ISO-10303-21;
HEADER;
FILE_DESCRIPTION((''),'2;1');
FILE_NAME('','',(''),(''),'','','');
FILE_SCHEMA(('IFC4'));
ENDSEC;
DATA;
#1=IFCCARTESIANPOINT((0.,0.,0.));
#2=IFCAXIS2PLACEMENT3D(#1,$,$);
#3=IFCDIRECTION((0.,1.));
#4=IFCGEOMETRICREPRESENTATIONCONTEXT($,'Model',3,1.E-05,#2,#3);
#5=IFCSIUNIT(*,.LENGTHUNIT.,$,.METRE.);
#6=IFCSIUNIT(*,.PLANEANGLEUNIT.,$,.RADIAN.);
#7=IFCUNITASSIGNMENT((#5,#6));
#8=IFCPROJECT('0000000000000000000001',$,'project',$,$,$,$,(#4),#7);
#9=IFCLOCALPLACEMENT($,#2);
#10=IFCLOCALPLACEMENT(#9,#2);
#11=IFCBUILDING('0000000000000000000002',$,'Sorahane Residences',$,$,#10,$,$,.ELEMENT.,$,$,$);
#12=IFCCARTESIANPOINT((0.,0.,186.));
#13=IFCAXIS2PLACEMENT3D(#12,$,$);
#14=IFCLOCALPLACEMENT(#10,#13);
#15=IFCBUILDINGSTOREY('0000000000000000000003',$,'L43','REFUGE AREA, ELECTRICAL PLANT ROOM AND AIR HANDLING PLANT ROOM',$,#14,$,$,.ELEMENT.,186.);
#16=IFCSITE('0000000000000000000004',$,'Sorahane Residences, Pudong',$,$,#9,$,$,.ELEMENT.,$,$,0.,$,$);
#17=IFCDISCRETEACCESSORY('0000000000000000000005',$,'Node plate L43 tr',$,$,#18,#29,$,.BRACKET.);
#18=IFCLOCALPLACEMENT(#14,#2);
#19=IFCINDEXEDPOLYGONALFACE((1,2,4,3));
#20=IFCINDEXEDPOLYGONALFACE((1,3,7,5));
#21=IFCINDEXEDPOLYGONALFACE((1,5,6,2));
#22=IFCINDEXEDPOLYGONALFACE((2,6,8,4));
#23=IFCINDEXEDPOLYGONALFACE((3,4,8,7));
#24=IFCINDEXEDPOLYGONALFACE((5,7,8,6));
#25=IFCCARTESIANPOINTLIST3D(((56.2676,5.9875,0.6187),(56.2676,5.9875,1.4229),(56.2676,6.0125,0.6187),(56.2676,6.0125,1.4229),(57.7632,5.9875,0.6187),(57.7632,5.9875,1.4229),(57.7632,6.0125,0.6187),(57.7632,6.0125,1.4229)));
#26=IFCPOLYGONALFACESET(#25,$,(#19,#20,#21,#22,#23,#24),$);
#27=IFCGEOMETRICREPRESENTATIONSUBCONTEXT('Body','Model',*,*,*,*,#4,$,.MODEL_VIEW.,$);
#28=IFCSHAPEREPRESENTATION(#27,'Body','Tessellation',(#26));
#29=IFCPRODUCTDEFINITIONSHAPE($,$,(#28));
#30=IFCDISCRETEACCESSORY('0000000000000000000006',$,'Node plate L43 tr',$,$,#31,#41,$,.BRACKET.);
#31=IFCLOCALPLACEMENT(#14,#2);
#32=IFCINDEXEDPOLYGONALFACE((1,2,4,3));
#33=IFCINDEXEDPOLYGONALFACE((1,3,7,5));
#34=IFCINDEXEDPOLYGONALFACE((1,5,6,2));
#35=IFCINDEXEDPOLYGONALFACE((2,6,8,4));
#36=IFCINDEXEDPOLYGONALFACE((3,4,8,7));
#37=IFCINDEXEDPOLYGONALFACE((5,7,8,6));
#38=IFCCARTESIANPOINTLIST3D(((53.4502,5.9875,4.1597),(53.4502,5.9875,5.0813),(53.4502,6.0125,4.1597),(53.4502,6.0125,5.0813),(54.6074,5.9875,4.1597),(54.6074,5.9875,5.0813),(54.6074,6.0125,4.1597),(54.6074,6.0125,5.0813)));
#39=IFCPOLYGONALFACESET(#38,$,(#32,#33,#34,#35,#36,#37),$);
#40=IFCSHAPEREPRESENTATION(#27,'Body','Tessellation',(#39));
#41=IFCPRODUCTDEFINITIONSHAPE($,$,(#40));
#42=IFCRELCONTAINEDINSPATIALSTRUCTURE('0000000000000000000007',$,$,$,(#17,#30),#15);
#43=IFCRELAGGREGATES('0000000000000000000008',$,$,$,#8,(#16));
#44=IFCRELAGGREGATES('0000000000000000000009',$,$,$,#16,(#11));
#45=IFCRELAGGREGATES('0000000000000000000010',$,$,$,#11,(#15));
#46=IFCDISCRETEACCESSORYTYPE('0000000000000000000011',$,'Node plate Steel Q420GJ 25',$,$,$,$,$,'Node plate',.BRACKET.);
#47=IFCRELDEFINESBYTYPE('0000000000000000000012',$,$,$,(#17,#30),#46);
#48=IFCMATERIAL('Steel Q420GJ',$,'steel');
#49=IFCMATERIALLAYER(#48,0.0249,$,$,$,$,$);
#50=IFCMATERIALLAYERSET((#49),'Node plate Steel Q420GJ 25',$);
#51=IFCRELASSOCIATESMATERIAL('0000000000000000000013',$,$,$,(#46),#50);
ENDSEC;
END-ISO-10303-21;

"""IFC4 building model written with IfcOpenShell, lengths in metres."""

from ifc_helpers import new_model, si_unit, direction, frame, origin, origin_2d, place, context, subcontext, project, spatial, rectangle, extrude, material, layer, layer_set, type_object, element, save


model = new_model("IFC4")

# Units and contexts
model_context = context("Model", 3, precision=1e-05, world=origin(), true_north=direction((0.0, 1.0)))
body_context = subcontext(model_context, "Body", "Model", "MODEL_VIEW")
ifc_project = project(units=[si_unit("LENGTHUNIT", "METRE"), si_unit("PLANEANGLEUNIT", "RADIAN")], contexts=[model_context])

# Site, building, storey
site_placement = place(None, origin())
site = spatial("IfcSite", under=ifc_project, at=site_placement, Name="Sorahane Residences, Pudong", CompositionType="ELEMENT", RefElevation=0.0)
building_placement = place(site_placement, origin())
building = spatial("IfcBuilding", under=site, at=building_placement, Name="Sorahane Residences", CompositionType="ELEMENT")
storey_placement = place(building_placement, frame((0.0, 0.0, 186.0)))
storey = spatial("IfcBuildingStorey", under=building, at=storey_placement, Name="L43", Description="REFUGE AREA, ELECTRICAL PLANT ROOM AND AIR HANDLING PLANT ROOM", CompositionType="ELEMENT", Elevation=186.0)

# Discrete accessories
ifc_material_1 = material(Name="Steel Q420GJ", Category="steel")
ifc_layer_1 = layer(ifc_material_1, 0.0249)
ifc_layer_set_1 = layer_set([ifc_layer_1], Name="Node plate Steel Q420GJ 25")
discrete_accessory_type_1 = type_object("IfcDiscreteAccessoryType", Name="Node plate Steel Q420GJ 25", ElementType="Node plate", PredefinedType="BRACKET", material=ifc_layer_set_1)
discrete_accessory_1_placement = place(storey_placement, frame((57.0154, 6.0, 0.6187), z_axis=(0.0, 0.0, 1.0), x_axis=(1.0, 0.0, 0.0)))
element("IfcDiscreteAccessory", 1, at=discrete_accessory_1_placement, inside=storey, type_object=discrete_accessory_type_1, Name="Node plate L43 tr", PredefinedType="BRACKET", context=body_context, shape_type="SweptSolid", body=[
    extrude(rectangle(XDim=1.4956, YDim=0.0249, at=origin_2d()), origin(), (0.0, 0.0, 1.0), 0.8042),
])
discrete_accessory_2_placement = place(storey_placement, frame((54.0288, 6.0, 4.1597), z_axis=(0.0, 0.0, 1.0), x_axis=(1.0, 0.0, 0.0)))
element("IfcDiscreteAccessory", 2, at=discrete_accessory_2_placement, inside=storey, type_object=discrete_accessory_type_1, Name="Node plate L43 tr", PredefinedType="BRACKET", context=body_context, shape_type="SweptSolid", body=[
    extrude(rectangle(XDim=1.1572, YDim=0.0249, at=origin_2d()), origin(), (0.0, 0.0, 1.0), 0.9216),
])

save(model, "model.ifc")
